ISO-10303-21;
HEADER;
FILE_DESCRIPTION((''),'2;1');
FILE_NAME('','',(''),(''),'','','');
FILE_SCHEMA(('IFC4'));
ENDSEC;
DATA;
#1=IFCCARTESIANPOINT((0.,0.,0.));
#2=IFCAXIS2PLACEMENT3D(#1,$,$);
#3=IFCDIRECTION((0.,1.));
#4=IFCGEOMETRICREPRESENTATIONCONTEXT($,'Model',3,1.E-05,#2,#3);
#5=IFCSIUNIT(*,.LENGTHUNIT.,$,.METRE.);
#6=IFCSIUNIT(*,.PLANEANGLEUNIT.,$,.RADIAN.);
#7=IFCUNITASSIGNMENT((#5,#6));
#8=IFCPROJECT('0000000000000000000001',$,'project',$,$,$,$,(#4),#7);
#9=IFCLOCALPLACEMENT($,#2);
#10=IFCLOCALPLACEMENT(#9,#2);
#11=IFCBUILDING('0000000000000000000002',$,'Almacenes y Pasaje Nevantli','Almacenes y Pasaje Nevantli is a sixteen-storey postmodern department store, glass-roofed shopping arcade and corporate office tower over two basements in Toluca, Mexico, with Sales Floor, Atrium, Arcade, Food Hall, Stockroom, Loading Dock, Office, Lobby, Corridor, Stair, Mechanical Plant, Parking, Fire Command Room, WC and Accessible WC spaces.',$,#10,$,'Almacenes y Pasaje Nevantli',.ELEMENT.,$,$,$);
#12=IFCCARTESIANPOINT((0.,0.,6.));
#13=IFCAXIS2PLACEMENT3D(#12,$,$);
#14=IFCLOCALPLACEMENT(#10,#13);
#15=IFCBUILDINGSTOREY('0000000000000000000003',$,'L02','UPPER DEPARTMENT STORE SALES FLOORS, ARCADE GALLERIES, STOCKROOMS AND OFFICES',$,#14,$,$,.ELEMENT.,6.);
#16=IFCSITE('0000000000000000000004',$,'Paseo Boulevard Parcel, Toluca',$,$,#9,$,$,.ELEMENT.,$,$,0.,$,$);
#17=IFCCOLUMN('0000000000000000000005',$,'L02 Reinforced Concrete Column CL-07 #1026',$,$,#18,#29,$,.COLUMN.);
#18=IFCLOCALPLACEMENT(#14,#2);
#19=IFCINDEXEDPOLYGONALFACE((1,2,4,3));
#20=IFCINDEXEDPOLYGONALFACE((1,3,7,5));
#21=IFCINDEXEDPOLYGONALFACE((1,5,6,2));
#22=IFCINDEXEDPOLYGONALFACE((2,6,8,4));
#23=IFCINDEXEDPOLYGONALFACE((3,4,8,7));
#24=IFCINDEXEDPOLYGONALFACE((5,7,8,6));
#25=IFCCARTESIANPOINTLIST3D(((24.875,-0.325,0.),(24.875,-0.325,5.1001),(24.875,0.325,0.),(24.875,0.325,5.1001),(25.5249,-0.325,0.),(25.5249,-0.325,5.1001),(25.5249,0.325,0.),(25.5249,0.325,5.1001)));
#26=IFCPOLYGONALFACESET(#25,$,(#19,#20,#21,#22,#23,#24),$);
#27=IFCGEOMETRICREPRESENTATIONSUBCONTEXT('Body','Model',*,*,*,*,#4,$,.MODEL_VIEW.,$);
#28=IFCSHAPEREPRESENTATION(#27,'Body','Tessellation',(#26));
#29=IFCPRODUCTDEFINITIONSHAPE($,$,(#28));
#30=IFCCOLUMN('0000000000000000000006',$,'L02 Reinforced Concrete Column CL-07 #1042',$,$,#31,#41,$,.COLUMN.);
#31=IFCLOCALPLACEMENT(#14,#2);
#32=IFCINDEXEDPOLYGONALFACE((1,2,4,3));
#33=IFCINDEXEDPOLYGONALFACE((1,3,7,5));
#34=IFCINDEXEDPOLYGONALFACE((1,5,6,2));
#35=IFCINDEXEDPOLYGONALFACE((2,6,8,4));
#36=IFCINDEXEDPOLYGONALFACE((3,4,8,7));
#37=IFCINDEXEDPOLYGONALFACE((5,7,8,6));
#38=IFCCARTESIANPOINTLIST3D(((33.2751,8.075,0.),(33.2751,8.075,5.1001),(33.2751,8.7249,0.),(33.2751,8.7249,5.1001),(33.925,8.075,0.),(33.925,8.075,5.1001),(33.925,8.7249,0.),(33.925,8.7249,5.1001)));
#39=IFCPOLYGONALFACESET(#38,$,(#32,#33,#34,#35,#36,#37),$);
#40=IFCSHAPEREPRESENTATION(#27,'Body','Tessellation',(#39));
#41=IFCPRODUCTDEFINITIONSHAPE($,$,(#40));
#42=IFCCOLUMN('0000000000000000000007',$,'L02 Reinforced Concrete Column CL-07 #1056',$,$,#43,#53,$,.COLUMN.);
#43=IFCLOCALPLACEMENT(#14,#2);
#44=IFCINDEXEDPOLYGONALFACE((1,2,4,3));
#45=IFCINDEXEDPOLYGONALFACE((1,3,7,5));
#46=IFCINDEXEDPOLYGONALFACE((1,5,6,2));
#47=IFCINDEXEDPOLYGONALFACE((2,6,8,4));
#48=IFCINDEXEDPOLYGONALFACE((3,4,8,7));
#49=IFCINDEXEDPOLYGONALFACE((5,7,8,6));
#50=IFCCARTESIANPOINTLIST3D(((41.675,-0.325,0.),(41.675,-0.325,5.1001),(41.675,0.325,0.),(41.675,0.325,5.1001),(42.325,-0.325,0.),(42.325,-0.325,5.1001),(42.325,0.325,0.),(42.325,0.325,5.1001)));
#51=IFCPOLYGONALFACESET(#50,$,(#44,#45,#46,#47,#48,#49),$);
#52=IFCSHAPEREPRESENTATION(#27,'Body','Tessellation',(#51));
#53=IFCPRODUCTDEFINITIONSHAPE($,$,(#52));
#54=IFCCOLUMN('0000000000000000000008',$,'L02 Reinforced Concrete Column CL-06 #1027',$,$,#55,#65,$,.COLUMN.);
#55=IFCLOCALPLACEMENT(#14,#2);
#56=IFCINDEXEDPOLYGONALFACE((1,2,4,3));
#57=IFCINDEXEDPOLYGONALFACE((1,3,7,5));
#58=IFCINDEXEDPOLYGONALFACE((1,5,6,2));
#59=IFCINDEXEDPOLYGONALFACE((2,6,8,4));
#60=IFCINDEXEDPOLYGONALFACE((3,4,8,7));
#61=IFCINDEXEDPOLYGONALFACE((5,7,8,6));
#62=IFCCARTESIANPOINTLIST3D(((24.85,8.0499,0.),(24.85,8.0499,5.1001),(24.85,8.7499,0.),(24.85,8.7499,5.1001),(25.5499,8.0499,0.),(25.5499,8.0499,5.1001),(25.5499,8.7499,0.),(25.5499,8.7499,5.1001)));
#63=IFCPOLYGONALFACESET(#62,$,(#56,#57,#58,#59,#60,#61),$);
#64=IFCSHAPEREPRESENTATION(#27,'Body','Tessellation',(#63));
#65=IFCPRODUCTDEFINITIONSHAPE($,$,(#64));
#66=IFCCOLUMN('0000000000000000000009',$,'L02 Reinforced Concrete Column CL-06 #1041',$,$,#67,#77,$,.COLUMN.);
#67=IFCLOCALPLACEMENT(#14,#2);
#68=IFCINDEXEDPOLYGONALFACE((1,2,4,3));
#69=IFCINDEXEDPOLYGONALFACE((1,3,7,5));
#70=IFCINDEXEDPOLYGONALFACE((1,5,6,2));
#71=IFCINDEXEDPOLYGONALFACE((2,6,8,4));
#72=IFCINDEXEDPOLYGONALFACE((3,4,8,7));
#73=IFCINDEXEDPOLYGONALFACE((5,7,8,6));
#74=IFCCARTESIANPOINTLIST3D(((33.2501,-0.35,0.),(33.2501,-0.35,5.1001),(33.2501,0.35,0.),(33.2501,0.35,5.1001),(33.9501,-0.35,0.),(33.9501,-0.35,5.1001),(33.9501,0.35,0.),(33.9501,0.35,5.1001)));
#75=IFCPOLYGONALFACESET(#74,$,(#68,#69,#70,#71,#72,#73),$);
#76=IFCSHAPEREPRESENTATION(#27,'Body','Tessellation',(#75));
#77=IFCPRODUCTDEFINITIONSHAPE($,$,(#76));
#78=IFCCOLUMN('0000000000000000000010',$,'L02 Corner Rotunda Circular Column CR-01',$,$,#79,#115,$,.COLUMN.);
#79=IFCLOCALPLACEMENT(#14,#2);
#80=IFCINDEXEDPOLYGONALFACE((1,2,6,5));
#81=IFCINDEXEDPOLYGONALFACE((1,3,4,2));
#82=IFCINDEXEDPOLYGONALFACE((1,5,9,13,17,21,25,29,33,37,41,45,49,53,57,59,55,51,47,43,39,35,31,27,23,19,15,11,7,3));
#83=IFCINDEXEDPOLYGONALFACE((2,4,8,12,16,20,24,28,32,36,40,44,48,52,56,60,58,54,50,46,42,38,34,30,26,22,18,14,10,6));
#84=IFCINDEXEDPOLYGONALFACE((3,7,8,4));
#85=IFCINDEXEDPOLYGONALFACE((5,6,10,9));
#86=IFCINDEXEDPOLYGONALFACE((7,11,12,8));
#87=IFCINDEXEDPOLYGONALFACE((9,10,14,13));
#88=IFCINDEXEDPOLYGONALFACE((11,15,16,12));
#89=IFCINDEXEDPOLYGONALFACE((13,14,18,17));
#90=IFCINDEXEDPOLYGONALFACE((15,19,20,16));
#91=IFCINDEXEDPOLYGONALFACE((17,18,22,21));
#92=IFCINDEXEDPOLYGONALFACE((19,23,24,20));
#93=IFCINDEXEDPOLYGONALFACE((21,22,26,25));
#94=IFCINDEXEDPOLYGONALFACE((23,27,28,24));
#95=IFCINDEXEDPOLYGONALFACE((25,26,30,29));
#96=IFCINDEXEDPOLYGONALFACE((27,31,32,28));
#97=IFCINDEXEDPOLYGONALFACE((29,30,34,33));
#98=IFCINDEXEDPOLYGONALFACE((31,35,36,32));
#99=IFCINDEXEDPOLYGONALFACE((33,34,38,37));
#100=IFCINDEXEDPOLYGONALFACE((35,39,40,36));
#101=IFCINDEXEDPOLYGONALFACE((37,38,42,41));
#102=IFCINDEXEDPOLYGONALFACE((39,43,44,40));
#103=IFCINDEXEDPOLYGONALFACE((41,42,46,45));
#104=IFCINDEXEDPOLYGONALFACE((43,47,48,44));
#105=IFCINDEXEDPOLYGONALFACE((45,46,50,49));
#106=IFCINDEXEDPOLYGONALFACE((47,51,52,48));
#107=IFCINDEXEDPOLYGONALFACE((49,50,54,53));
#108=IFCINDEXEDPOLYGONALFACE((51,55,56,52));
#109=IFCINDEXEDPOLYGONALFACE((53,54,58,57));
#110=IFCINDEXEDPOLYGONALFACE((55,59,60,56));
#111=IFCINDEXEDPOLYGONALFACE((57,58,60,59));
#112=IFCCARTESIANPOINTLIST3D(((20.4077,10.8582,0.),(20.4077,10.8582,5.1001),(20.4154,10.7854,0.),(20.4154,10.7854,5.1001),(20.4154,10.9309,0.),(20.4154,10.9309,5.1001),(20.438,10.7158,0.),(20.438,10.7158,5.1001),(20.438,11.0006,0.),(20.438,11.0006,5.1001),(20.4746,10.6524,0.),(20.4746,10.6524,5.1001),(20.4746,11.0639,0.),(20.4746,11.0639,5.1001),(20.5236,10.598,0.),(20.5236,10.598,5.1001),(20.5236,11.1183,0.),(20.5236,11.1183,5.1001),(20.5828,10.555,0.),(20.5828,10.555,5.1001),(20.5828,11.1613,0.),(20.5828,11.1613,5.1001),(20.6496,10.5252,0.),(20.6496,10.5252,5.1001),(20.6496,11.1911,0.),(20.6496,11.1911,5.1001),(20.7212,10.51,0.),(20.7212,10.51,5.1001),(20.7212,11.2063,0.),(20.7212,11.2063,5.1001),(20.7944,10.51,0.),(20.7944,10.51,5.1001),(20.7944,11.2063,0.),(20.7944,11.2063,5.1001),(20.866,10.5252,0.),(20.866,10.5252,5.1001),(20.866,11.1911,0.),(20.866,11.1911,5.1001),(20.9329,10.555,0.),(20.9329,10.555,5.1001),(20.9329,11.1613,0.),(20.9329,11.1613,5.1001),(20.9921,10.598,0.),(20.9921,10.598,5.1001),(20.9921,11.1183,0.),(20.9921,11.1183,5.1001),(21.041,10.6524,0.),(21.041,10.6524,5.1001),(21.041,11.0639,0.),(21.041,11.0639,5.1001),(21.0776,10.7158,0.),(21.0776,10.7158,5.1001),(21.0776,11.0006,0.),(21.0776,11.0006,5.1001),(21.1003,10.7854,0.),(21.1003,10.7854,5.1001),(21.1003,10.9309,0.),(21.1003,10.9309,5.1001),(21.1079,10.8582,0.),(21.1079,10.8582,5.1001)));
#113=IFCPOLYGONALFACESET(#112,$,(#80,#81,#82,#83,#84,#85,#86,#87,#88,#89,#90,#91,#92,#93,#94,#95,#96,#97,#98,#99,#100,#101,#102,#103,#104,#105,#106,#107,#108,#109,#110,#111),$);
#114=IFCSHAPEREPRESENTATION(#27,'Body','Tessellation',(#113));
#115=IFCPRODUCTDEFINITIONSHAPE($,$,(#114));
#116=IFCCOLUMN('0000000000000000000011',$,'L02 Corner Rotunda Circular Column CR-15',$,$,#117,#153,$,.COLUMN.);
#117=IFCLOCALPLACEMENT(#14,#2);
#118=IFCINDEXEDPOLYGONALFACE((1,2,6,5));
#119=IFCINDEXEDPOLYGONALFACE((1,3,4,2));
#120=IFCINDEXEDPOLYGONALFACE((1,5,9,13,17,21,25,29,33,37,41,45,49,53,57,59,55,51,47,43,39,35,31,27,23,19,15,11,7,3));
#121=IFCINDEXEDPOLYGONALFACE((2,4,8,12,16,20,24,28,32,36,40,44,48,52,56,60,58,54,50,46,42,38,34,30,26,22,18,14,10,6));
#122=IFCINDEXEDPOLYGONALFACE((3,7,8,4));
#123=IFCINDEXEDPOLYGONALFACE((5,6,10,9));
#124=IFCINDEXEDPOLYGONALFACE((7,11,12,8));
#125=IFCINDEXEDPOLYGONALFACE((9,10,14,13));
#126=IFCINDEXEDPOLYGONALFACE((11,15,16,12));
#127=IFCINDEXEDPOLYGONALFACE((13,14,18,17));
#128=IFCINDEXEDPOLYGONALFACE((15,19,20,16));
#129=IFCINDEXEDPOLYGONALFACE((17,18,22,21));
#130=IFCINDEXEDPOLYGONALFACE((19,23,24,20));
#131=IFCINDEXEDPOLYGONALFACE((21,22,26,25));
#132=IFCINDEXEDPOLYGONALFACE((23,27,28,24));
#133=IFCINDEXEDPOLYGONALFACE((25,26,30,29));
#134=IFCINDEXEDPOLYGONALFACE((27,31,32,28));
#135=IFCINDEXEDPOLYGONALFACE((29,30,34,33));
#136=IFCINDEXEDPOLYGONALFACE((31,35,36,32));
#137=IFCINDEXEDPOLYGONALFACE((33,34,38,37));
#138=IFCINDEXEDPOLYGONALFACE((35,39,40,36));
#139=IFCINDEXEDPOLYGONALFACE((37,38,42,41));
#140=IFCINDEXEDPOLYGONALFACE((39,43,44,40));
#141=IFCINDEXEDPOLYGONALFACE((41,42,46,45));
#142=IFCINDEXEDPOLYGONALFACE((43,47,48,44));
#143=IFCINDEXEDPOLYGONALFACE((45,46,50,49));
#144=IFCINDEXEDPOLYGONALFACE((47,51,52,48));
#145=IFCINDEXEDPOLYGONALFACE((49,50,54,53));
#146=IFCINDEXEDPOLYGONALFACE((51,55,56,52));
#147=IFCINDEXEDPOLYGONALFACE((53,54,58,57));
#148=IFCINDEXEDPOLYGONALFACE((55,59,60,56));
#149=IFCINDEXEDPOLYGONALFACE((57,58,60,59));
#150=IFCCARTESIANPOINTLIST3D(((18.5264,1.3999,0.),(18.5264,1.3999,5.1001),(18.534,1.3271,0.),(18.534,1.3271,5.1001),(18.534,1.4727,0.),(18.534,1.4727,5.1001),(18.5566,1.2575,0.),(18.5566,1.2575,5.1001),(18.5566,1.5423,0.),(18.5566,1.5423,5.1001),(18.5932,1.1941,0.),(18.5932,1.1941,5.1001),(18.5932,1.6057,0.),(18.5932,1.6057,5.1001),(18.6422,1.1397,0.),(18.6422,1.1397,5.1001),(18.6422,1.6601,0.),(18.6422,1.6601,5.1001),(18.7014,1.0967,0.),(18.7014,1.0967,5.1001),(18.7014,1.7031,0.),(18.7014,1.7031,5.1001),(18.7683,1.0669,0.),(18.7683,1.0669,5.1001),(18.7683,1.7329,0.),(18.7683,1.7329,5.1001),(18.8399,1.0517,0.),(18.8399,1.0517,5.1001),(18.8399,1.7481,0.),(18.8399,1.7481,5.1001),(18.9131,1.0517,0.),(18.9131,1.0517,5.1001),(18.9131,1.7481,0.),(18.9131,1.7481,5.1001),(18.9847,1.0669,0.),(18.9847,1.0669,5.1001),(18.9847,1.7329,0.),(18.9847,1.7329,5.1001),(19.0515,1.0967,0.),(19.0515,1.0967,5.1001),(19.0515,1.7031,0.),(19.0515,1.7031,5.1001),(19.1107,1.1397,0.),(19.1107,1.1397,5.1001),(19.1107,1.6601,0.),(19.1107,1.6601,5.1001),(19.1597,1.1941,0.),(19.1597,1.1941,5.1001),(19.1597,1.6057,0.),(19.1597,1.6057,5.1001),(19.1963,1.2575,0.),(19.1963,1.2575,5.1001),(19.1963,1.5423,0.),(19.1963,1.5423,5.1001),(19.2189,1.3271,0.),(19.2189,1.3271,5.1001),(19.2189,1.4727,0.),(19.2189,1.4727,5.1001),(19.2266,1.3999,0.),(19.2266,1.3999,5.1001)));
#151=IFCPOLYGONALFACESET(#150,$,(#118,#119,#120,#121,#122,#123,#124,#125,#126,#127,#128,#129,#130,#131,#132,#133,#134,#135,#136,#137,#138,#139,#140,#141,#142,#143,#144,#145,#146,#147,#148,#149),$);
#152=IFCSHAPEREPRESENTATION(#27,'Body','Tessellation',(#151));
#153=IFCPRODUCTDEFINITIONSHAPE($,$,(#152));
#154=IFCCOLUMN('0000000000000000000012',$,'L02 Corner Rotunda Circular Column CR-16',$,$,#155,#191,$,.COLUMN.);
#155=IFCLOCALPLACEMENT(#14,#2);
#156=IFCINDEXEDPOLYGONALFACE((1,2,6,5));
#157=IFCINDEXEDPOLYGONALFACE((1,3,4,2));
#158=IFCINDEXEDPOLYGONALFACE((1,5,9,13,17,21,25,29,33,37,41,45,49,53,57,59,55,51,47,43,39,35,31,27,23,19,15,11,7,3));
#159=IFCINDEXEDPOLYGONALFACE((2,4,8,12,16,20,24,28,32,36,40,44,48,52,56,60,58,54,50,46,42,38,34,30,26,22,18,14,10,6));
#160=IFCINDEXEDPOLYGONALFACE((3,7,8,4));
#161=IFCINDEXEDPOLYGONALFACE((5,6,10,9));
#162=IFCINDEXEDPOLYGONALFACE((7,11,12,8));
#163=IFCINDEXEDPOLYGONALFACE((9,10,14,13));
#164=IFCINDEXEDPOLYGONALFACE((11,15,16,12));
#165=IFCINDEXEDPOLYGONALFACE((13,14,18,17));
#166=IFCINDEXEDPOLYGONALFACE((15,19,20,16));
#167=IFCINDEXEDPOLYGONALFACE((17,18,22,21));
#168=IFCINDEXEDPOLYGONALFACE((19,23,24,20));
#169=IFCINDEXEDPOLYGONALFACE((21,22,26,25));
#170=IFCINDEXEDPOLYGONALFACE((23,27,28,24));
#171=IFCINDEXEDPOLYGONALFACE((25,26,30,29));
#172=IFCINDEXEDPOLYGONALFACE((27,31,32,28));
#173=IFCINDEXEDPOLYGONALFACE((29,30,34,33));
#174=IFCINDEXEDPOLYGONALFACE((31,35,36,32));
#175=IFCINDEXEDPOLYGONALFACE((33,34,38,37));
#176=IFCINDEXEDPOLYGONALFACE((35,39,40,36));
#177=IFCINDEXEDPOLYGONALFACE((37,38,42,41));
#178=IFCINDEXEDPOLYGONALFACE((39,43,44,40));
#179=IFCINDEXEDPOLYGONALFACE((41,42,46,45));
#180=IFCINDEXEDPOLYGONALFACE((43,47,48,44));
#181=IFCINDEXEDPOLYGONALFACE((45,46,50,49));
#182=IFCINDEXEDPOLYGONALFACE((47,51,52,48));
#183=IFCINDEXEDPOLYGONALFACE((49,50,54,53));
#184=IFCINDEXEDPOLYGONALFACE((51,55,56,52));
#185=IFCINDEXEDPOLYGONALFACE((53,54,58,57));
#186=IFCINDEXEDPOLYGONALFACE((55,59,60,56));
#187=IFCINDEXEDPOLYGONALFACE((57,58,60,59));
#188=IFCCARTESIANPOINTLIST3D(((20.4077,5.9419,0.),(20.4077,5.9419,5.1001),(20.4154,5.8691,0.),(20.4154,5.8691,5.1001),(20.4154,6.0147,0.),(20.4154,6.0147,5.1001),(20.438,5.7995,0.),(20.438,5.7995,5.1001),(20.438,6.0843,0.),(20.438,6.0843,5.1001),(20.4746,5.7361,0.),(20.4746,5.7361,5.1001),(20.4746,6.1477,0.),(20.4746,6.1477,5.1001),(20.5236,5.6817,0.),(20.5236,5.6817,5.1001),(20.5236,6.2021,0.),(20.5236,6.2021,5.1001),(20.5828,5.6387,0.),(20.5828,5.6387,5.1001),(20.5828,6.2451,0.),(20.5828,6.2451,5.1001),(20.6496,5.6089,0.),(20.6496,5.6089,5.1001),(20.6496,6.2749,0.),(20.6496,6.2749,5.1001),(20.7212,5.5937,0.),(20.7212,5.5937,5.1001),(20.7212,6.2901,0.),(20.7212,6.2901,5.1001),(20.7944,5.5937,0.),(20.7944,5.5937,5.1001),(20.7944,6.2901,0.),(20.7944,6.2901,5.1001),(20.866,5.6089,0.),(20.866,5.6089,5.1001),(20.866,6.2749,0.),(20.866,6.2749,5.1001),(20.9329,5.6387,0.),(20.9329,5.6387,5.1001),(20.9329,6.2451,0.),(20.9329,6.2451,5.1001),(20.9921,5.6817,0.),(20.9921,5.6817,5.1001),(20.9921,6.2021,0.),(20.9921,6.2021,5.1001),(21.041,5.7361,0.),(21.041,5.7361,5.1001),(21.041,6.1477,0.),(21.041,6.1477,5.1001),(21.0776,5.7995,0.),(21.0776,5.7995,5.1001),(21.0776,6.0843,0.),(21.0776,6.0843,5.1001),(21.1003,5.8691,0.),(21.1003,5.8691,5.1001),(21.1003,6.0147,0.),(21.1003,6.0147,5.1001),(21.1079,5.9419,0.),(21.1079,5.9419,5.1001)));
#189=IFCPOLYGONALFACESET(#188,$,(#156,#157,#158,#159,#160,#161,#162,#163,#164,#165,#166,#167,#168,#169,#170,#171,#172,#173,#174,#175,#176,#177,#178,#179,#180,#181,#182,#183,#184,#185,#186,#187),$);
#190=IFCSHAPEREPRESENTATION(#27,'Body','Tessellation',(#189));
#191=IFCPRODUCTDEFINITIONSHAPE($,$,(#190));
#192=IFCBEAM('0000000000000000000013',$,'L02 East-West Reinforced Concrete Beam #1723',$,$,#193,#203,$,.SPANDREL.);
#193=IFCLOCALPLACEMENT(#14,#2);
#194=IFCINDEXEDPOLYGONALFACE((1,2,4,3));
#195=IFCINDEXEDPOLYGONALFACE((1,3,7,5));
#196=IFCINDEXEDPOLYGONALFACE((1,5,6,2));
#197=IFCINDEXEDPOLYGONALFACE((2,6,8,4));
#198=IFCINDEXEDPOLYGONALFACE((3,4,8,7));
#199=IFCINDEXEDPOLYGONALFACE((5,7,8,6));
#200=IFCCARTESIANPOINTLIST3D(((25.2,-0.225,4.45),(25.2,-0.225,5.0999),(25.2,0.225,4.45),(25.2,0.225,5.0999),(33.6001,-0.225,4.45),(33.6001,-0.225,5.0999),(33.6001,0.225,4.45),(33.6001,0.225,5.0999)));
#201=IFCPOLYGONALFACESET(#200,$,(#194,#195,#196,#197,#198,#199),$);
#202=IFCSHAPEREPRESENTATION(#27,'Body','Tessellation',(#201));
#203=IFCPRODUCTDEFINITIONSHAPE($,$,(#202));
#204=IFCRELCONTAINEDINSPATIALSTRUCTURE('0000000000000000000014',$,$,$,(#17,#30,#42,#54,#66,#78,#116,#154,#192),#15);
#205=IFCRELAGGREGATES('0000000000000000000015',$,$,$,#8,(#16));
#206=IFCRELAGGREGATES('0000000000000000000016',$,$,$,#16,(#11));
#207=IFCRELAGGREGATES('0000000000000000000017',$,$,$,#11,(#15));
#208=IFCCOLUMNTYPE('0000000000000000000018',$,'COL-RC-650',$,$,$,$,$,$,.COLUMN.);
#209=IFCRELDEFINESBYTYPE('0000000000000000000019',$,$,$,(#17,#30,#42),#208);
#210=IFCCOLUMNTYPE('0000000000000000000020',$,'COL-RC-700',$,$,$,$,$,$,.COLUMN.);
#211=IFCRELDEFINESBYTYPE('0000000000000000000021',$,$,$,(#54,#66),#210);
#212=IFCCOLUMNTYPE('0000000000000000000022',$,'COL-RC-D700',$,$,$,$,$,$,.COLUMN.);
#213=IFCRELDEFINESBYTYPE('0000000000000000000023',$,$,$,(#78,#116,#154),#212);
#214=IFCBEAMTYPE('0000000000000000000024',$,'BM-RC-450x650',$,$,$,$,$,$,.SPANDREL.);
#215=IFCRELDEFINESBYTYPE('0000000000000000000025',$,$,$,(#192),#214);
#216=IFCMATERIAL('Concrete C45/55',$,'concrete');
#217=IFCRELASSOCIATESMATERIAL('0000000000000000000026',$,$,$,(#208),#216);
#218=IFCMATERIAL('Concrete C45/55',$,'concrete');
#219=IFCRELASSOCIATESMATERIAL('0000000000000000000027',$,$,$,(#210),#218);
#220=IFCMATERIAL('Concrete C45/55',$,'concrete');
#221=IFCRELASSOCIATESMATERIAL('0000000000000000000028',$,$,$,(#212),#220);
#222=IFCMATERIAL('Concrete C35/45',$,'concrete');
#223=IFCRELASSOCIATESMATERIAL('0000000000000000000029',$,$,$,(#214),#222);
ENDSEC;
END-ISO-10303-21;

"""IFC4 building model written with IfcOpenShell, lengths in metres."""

from ifc_helpers import new_model, si_unit, direction, frame, origin, origin_2d, place, context, subcontext, project, spatial, rectangle, circle, extrude, material, material_profile, profile_set, type_object, element, save


model = new_model("IFC4")

# Units and contexts
model_context = context("Model", 3, precision=1e-05, world=origin(), true_north=direction((0.0, 1.0)))
body_context = subcontext(model_context, "Body", "Model", "MODEL_VIEW")
ifc_project = project(units=[si_unit("LENGTHUNIT", "METRE"), si_unit("PLANEANGLEUNIT", "RADIAN")], contexts=[model_context])

# Site, building, storey
site_placement = place(None, origin())
site = spatial("IfcSite", under=ifc_project, at=site_placement, Name="Paseo Boulevard Parcel, Toluca", CompositionType="ELEMENT", RefElevation=0.0)
building_placement = place(site_placement, origin())
building = spatial("IfcBuilding", under=site, at=building_placement, Name="Almacenes y Pasaje Nevantli", Description="Almacenes y Pasaje Nevantli is a sixteen-storey postmodern department store, glass-roofed shopping arcade and corporate office tower over two basements in Toluca, Mexico, with Sales Floor, Atrium, Arcade, Food Hall, Stockroom, Loading Dock, Office, Lobby, Corridor, Stair, Mechanical Plant, Parking, Fire Command Room, WC and Accessible WC spaces.", LongName="Almacenes y Pasaje Nevantli", CompositionType="ELEMENT")
storey_placement = place(building_placement, frame((0.0, 0.0, 6.0)))
storey = spatial("IfcBuildingStorey", under=building, at=storey_placement, Name="L02", Description="UPPER DEPARTMENT STORE SALES FLOORS, ARCADE GALLERIES, STOCKROOMS AND OFFICES", CompositionType="ELEMENT", Elevation=6.0)

# Columns
ifc_material_1 = material(Name="Concrete C45/55", Category="concrete")
ifc_material_profile_1 = material_profile(ifc_material_1, rectangle(XDim=0.6499, YDim=0.6499, at=origin_2d()), Name="RC-COL-650x650")
ifc_profile_set_1 = profile_set([ifc_material_profile_1], Name="Concrete C45/55")
column_type_1 = type_object("IfcColumnType", Name="COL-RC-650", PredefinedType="COLUMN", material=ifc_profile_set_1)
for number, where, z_axis, x_axis, name in (
    (1, (25.2, 0.0, 0.0), (0.0, 0.0, 1.0), (1.0, 0.0, 0.0), "L02 Reinforced Concrete Column CL-07 #1026"),
    (2, (33.6001, 8.3999, 0.0), (0.0, 0.0, 1.0), (1.0, 0.0, 0.0), "L02 Reinforced Concrete Column CL-07 #1042"),
    (3, (42.0, 0.0, 0.0), (0.0, 0.0, 1.0), (1.0, 0.0, 0.0), "L02 Reinforced Concrete Column CL-07 #1056"),
):
    element("IfcColumn", number, at=place(storey_placement, frame(where, z_axis=z_axis, x_axis=x_axis)), inside=storey, type_object=column_type_1, Name=name, PredefinedType="COLUMN", context=body_context, shape_type="SweptSolid", body=[
        extrude(rectangle(XDim=0.6499, YDim=0.6499, at=origin_2d()), origin(), (0.0, 0.0, 1.0), 5.1001),
    ])
ifc_material_2 = material(Name="Concrete C45/55", Category="concrete")
ifc_material_profile_2 = material_profile(ifc_material_2, rectangle(XDim=0.7, YDim=0.7, at=origin_2d()), Name="RC-COL-700x700")
ifc_profile_set_2 = profile_set([ifc_material_profile_2], Name="Concrete C45/55")
column_type_2 = type_object("IfcColumnType", Name="COL-RC-700", PredefinedType="COLUMN", material=ifc_profile_set_2)
for number, where, z_axis, x_axis, name in (
    (4, (25.2, 8.3999, 0.0), (0.0, 0.0, 1.0), (1.0, 0.0, 0.0), "L02 Reinforced Concrete Column CL-06 #1027"),
    (5, (33.6001, 0.0, 0.0), (0.0, 0.0, 1.0), (1.0, 0.0, 0.0), "L02 Reinforced Concrete Column CL-06 #1041"),
):
    element("IfcColumn", number, at=place(storey_placement, frame(where, z_axis=z_axis, x_axis=x_axis)), inside=storey, type_object=column_type_2, Name=name, PredefinedType="COLUMN", context=body_context, shape_type="SweptSolid", body=[
        extrude(rectangle(XDim=0.7, YDim=0.7, at=origin_2d()), origin(), (0.0, 0.0, 1.0), 5.1001),
    ])
ifc_material_3 = material(Name="Concrete C45/55", Category="concrete")
ifc_material_profile_3 = material_profile(ifc_material_3, circle(Radius=0.3501, at=origin_2d()), Name="RC-COL-D700")
ifc_profile_set_3 = profile_set([ifc_material_profile_3], Name="Concrete C45/55")
column_type_3 = type_object("IfcColumnType", Name="COL-RC-D700", PredefinedType="COLUMN", material=ifc_profile_set_3)
for number, where, z_axis, x_axis, name in (
    (6, (20.7578, 10.8582, 0.0), (0.0, 0.0, 1.0), (1.0, 0.0, 0.0), "L02 Corner Rotunda Circular Column CR-01"),
    (7, (18.8765, 1.3999, 0.0), (0.0, 0.0, 1.0), (1.0, 0.0, 0.0), "L02 Corner Rotunda Circular Column CR-15"),
    (8, (20.7578, 5.9419, 0.0), (0.0, 0.0, 1.0), (1.0, 0.0, 0.0), "L02 Corner Rotunda Circular Column CR-16"),
):
    element("IfcColumn", number, at=place(storey_placement, frame(where, z_axis=z_axis, x_axis=x_axis)), inside=storey, type_object=column_type_3, Name=name, PredefinedType="COLUMN", context=body_context, shape_type="SweptSolid", body=[
        extrude(circle(Radius=0.3501, at=origin_2d()), origin(), (0.0, 0.0, 1.0), 5.1001),
    ])

# Beam
ifc_material_4 = material(Name="Concrete C35/45", Category="concrete")
ifc_material_profile_4 = material_profile(ifc_material_4, rectangle(XDim=0.45, YDim=0.6499, at=origin_2d()), Name="RC-BM-450x650")
ifc_profile_set_4 = profile_set([ifc_material_profile_4], Name="Concrete C35/45")
beam_type_1 = type_object("IfcBeamType", Name="BM-RC-450x650", PredefinedType="SPANDREL", material=ifc_profile_set_4)
beam_1_placement = place(storey_placement, frame((25.2, 0.0, 4.7749), z_axis=(1.0, 0.0, 0.0), x_axis=(0.0, 1.0, 0.0)))
element("IfcBeam", 9, at=beam_1_placement, inside=storey, type_object=beam_type_1, Name="L02 East-West Reinforced Concrete Beam #1723", PredefinedType="SPANDREL", context=body_context, shape_type="SweptSolid", body=[
    extrude(rectangle(XDim=0.45, YDim=0.6499, at=origin_2d()), origin(), (0.0, 0.0, 1.0), 8.4001),
])

save(model, "model.ifc")
